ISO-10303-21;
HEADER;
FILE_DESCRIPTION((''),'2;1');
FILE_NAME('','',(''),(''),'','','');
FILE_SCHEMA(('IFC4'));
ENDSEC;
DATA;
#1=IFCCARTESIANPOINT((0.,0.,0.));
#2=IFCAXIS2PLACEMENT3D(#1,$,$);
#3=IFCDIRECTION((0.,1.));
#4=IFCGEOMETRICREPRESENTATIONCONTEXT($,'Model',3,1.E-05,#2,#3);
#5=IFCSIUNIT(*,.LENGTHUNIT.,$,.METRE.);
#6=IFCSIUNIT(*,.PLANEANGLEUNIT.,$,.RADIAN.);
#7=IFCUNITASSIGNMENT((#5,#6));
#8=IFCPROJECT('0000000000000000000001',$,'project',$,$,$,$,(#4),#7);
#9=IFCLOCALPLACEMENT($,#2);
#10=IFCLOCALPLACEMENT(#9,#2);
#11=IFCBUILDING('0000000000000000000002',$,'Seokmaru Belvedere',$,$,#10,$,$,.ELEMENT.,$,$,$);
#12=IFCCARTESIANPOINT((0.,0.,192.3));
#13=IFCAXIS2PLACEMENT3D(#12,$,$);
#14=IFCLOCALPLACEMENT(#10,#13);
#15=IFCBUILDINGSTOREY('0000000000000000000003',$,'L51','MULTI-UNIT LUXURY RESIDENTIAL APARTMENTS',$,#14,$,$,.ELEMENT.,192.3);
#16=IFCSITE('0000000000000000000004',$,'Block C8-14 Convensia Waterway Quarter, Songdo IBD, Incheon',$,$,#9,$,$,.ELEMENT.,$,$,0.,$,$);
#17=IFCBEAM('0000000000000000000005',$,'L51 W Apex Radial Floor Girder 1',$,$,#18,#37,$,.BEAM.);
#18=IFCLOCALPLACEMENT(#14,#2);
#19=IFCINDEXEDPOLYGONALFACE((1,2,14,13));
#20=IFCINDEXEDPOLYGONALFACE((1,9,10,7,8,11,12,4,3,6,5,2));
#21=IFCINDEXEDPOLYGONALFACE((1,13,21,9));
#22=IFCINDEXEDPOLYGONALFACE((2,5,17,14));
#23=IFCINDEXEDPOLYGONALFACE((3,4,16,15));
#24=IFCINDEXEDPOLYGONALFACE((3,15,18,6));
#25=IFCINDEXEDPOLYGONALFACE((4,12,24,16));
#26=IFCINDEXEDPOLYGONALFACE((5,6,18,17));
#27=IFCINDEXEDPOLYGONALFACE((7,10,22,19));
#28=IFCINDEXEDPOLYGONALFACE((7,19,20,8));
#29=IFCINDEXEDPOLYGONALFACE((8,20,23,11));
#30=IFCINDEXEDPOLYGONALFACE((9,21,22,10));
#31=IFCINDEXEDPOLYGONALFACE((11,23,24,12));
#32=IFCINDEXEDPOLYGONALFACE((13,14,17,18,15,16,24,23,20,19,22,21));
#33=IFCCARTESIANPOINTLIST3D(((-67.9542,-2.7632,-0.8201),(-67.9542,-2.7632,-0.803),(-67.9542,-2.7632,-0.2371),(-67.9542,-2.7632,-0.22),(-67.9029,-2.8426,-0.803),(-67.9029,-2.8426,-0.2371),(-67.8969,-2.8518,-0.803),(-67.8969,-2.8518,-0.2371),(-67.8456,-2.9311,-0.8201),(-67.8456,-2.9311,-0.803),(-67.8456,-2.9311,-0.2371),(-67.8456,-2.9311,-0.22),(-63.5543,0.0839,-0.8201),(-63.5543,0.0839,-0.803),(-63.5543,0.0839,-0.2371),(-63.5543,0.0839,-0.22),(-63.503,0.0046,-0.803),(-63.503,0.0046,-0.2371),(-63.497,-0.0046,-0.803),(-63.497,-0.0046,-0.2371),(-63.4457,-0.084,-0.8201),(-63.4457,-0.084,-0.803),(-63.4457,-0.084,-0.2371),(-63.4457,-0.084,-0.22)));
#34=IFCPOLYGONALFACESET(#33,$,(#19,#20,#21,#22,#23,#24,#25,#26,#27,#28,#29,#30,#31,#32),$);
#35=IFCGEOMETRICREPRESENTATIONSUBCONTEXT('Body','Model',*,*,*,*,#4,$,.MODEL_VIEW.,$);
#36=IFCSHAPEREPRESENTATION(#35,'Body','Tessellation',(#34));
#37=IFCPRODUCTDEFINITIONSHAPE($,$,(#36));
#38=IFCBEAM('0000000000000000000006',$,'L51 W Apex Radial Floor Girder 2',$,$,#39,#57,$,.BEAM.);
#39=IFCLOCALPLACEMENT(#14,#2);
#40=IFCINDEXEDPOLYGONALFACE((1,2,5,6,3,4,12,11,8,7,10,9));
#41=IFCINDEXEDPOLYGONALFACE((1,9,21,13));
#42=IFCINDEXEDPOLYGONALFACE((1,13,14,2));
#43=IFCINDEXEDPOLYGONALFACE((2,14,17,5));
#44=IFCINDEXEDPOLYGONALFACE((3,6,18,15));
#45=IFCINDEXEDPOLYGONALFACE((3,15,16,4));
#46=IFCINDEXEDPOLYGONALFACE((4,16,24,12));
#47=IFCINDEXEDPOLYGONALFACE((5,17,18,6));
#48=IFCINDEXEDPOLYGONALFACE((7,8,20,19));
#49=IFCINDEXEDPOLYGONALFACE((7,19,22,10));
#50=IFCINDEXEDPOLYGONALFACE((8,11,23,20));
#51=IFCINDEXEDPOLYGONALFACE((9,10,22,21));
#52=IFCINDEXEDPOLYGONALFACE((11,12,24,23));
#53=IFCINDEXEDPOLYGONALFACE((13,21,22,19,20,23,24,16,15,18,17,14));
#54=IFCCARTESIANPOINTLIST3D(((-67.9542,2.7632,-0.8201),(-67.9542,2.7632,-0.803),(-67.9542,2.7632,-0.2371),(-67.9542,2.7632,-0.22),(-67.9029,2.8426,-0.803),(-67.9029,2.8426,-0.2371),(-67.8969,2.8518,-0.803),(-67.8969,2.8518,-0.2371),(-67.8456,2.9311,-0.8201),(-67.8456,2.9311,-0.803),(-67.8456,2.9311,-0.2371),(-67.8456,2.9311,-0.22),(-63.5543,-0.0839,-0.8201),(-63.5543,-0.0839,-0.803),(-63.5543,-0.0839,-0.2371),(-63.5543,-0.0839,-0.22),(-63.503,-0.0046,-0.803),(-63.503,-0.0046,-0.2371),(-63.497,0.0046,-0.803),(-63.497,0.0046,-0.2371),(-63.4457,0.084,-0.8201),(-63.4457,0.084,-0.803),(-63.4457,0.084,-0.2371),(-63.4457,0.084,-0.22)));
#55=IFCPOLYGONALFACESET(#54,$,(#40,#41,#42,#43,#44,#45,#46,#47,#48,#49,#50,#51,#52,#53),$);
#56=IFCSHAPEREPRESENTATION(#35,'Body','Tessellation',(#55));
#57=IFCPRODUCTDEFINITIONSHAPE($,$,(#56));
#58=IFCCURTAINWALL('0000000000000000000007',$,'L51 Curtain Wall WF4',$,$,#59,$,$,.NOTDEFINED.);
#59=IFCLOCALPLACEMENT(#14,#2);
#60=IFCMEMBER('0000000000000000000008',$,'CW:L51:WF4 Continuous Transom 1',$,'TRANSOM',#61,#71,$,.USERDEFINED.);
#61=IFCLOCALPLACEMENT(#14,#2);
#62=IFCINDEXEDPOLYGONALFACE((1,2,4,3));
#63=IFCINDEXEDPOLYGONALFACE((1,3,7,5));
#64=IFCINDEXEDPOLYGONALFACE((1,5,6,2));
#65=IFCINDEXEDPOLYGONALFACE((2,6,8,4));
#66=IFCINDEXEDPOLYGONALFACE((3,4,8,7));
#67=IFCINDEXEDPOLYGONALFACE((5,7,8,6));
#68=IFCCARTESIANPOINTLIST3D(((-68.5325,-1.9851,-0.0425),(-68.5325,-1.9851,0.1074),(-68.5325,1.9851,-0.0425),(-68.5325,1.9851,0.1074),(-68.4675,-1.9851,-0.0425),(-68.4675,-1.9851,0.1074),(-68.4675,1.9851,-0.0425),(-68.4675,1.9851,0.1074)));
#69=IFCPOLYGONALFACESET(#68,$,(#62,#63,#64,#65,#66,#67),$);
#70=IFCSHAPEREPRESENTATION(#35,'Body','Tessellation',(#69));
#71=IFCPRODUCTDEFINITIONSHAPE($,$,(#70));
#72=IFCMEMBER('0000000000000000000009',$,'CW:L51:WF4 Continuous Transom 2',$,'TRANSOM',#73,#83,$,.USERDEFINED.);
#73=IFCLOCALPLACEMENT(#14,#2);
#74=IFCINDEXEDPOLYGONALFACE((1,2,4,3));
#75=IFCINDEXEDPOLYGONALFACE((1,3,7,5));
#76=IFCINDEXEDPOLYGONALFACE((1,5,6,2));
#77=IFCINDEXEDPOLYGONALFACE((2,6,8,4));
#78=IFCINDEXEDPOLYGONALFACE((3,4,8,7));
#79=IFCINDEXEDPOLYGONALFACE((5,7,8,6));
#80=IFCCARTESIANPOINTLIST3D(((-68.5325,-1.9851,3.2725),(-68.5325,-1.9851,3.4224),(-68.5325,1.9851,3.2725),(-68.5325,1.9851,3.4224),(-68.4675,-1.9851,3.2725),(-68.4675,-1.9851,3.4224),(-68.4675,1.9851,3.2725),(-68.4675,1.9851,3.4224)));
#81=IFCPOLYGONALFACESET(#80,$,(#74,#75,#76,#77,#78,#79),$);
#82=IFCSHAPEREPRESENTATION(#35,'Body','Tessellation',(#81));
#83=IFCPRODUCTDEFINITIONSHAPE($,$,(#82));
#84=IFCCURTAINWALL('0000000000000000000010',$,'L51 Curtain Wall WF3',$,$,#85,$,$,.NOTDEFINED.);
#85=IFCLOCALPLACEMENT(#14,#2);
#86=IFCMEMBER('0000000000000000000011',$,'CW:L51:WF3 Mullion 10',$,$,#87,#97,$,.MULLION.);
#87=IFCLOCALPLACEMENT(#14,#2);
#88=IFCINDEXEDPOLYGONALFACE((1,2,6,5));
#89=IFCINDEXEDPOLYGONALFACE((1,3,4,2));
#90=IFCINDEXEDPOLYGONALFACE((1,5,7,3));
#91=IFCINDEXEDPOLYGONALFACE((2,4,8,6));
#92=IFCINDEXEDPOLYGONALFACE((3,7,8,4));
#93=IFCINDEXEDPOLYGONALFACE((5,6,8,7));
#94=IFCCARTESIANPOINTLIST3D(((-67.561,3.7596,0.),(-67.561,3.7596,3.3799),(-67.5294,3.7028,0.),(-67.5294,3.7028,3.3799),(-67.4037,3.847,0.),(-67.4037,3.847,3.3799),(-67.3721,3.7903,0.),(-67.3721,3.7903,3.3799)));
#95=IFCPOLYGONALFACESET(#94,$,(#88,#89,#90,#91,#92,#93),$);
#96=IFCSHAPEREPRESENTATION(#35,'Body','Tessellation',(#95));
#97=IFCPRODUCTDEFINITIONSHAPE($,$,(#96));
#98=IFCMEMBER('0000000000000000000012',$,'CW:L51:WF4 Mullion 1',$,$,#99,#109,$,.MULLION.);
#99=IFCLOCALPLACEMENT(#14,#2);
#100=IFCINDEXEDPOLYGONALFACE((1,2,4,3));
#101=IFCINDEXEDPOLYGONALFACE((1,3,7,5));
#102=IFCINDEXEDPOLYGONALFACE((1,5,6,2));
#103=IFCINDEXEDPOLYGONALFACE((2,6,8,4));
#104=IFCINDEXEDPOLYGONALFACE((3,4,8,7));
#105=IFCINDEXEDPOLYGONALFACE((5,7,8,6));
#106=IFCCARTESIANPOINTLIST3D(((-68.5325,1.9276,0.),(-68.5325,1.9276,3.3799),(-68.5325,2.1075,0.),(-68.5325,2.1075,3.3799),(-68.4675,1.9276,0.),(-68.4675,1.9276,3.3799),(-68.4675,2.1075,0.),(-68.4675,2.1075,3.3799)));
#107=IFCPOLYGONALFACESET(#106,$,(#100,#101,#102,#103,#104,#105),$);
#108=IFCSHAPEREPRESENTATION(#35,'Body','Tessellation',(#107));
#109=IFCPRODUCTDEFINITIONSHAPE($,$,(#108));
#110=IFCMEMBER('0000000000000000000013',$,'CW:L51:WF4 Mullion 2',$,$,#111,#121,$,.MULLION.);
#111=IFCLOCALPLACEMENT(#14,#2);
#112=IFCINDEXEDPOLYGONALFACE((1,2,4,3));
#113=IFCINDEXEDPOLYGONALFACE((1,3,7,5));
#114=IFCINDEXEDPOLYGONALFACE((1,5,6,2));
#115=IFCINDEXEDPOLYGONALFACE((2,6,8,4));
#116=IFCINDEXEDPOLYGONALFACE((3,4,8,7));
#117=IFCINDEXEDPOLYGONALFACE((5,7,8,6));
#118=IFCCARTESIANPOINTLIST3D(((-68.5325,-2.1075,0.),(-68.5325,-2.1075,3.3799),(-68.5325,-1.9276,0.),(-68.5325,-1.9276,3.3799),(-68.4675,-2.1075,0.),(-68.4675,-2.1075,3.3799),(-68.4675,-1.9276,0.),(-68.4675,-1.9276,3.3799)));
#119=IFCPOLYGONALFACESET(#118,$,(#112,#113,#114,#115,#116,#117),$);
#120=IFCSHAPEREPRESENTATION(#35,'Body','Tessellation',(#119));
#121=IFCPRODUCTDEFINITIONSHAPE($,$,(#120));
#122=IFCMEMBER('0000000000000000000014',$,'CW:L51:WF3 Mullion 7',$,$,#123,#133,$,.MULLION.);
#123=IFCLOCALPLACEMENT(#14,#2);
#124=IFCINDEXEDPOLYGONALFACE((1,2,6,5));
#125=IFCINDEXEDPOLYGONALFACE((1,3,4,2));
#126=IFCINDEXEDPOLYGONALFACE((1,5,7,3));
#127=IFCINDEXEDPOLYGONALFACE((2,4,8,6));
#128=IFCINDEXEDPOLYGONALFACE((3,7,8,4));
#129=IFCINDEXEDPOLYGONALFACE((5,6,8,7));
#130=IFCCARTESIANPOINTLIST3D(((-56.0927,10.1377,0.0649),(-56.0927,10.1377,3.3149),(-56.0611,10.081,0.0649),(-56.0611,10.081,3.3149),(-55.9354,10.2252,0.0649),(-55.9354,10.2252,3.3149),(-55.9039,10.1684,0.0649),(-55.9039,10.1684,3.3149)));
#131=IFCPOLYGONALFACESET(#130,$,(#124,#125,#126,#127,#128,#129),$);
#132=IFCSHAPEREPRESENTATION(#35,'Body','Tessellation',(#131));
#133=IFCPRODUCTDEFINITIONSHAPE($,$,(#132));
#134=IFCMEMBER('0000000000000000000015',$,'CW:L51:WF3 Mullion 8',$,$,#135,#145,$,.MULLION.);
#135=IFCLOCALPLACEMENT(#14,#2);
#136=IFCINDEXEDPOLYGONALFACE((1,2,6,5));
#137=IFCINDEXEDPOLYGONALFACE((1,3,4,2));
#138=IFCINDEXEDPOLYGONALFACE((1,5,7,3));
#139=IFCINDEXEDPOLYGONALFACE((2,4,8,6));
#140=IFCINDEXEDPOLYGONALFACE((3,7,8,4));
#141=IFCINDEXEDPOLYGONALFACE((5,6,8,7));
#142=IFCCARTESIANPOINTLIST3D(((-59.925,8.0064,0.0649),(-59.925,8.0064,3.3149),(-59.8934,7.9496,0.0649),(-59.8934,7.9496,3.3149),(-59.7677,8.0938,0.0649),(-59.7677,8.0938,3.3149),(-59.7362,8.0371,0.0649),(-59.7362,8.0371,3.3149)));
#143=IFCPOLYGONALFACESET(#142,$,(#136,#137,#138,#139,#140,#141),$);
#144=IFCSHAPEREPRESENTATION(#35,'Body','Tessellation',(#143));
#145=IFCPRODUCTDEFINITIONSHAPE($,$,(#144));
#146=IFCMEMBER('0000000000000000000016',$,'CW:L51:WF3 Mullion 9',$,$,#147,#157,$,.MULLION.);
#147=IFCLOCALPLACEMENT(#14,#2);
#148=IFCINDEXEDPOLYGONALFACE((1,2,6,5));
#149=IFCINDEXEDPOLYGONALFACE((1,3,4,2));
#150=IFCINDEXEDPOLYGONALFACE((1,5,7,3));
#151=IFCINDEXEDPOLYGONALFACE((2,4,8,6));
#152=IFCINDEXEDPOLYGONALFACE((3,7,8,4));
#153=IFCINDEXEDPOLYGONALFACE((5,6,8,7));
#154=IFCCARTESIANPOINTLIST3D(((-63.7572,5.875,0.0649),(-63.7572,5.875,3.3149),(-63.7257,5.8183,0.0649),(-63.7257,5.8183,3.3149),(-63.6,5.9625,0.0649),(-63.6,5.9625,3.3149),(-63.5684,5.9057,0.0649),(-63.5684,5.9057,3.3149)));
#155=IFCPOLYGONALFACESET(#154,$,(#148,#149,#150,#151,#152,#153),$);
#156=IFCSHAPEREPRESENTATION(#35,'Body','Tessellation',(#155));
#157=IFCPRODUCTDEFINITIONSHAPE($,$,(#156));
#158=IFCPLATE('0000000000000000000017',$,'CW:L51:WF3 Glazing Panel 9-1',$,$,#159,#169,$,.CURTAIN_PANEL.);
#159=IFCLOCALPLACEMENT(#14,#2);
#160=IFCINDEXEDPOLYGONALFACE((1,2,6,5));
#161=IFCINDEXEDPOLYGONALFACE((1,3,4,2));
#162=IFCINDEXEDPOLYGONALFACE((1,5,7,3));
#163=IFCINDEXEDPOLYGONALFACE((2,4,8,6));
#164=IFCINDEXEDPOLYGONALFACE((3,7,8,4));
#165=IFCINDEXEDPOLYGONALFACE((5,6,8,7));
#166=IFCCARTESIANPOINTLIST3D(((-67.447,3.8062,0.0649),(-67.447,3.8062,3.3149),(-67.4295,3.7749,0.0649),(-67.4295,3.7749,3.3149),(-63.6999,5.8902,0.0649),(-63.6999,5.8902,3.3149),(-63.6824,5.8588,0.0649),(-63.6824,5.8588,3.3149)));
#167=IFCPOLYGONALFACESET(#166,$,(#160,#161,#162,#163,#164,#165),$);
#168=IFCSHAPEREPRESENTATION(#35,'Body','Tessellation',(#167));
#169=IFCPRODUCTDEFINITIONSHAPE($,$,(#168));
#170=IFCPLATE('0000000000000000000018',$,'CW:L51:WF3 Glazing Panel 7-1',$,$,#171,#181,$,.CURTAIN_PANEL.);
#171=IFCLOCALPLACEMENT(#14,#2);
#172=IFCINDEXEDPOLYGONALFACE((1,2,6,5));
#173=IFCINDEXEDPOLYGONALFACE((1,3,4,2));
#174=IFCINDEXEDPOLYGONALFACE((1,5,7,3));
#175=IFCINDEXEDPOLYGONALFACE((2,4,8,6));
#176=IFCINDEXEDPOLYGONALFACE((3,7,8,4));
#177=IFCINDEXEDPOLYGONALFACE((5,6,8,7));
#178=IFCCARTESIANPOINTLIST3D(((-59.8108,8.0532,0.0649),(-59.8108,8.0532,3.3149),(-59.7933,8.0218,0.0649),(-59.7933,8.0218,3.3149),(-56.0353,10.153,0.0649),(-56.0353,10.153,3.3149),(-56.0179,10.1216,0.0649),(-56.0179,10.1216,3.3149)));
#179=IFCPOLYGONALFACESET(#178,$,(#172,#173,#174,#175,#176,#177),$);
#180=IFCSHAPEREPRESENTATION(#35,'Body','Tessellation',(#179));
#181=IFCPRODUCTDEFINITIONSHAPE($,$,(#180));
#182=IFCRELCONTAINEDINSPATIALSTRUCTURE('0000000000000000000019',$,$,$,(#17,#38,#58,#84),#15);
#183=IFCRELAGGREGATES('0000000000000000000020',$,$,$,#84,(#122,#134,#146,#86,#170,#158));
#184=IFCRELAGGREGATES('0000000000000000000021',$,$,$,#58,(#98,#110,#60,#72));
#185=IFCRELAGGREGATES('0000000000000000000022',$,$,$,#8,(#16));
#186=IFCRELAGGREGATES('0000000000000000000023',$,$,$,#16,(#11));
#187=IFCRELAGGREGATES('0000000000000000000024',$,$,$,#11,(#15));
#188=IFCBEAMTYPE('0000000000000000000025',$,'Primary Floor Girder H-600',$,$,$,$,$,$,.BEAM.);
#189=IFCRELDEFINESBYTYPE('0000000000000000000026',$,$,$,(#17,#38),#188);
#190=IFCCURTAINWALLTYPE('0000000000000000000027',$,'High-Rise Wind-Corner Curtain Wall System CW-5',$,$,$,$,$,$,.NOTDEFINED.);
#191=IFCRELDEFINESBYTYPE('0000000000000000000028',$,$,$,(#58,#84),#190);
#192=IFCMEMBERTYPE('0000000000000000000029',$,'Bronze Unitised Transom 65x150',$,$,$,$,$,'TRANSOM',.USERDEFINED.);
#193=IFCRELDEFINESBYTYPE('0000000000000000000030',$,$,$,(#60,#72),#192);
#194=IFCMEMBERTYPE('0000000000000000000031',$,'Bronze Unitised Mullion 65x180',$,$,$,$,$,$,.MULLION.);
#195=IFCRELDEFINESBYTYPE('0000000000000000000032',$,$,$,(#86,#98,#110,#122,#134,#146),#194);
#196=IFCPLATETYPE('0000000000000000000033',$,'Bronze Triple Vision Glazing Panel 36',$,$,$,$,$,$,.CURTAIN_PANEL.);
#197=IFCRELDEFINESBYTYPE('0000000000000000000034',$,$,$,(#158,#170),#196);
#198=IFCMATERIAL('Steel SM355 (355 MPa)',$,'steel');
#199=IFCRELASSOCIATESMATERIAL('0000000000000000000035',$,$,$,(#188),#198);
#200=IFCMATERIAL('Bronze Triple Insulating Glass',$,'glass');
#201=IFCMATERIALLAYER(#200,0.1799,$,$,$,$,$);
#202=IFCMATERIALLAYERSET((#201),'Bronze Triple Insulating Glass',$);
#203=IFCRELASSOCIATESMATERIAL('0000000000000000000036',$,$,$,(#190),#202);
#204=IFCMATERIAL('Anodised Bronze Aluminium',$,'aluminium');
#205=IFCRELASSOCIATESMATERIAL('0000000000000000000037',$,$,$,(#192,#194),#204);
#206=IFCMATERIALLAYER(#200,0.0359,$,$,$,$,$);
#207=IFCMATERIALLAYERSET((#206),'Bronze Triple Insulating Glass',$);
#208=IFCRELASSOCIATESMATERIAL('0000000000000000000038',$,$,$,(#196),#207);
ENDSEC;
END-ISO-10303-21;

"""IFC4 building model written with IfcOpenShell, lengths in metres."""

from ifc_helpers import new_model, si_unit, direction, frame, origin, origin_2d, place, context, subcontext, project, spatial, rectangle, i_section, extrude, source, transform, mapped, material, layer, layer_set, material_profile, profile_set, type_object, type_shapes, element, aggregate, save


model = new_model("IFC4")

# Units and contexts
model_context = context("Model", 3, precision=1e-05, world=origin(), true_north=direction((0.0, 1.0)))
body_context = subcontext(model_context, "Body", "Model", "MODEL_VIEW")
ifc_project = project(units=[si_unit("LENGTHUNIT", "METRE"), si_unit("PLANEANGLEUNIT", "RADIAN")], contexts=[model_context])

# Site, building, storey
site_placement = place(None, origin())
site = spatial("IfcSite", under=ifc_project, at=site_placement, Name="Block C8-14 Convensia Waterway Quarter, Songdo IBD, Incheon", CompositionType="ELEMENT", RefElevation=0.0)
building_placement = place(site_placement, origin())
building = spatial("IfcBuilding", under=site, at=building_placement, Name="Seokmaru Belvedere", CompositionType="ELEMENT")
storey_placement = place(building_placement, frame((0.0, 0.0, 192.3)))
storey = spatial("IfcBuildingStorey", under=building, at=storey_placement, Name="L51", Description="MULTI-UNIT LUXURY RESIDENTIAL APARTMENTS", CompositionType="ELEMENT", Elevation=192.3)

# Shared definitions
ifc_material_1 = material(Name="Steel SM355 (355 MPa)", Category="steel")

# Beams
ifc_material_profile_1 = material_profile(ifc_material_1, i_section(OverallWidth=0.2, OverallDepth=0.6001, WebThickness=0.011, FlangeThickness=0.0171, at=origin_2d()), Name="H-600x200x11x17")
ifc_profile_set_1 = profile_set([ifc_material_profile_1], Name="Steel SM355 (355 MPa)")
beam_type_1 = type_object("IfcBeamType", Name="Primary Floor Girder H-600", PredefinedType="BEAM", material=ifc_profile_set_1)
shared_shape_1 = source(origin(), body_context, "Body", "SweptSolid", [
    extrude(i_section(OverallWidth=0.2, OverallDepth=0.6001, WebThickness=0.011, FlangeThickness=0.0171, at=origin_2d()), origin(), (0.0, 0.0, 1.0), 5.2407),
])
for number, where, z_axis, x_axis, name in (
    (1, (-67.8999, -2.8472, -0.52), (0.839555, 0.543274, 0.0), (-0.543274, 0.839555, 0.0), "L51 W Apex Radial Floor Girder 1"),
    (2, (-67.8999, 2.8472, -0.52), (0.839555, -0.543274, 0.0), (0.543274, 0.839555, 0.0), "L51 W Apex Radial Floor Girder 2"),
):
    element("IfcBeam", number, at=place(storey_placement, frame(where, z_axis=z_axis, x_axis=x_axis)), inside=storey, type_object=beam_type_1, Name=name, PredefinedType="BEAM", context=body_context, shape_type="MappedRepresentation", body=[
        mapped(shared_shape_1, transform((0.0, 0.0, 0.0), scale=1.0)),
    ])

# Curtain wall, members
ifc_material_2 = material(Name="Bronze Triple Insulating Glass", Category="glass")
ifc_layer_1 = layer(ifc_material_2, 0.1799)
ifc_layer_set_1 = layer_set([ifc_layer_1], Name="Bronze Triple Insulating Glass")
curtain_wall_type = type_object("IfcCurtainWallType", Name="High-Rise Wind-Corner Curtain Wall System CW-5", PredefinedType="NOTDEFINED", material=ifc_layer_set_1)
curtain_wall_1_placement = place(storey_placement, origin())
curtain_wall_1 = element("IfcCurtainWall", 3, at=curtain_wall_1_placement, inside=storey, type_object=curtain_wall_type, Name="L51 Curtain Wall WF4", PredefinedType="NOTDEFINED")
ifc_material_3 = material(Name="Anodised Bronze Aluminium", Category="aluminium")
ifc_material_profile_2 = material_profile(ifc_material_3, rectangle(XDim=0.0649, YDim=0.1499, at=origin_2d()), Name="CW-T-65x150")
ifc_profile_set_2 = profile_set([ifc_material_profile_2], Name="Anodised Bronze Aluminium")
member_type_1 = type_object("IfcMemberType", Name="Bronze Unitised Transom 65x150", ElementType="TRANSOM", PredefinedType="USERDEFINED", material=ifc_profile_set_2)
shared_shape_2 = source(origin(), body_context, "Body", "SweptSolid", [
    extrude(rectangle(XDim=0.0649, YDim=0.1499, at=origin_2d()), origin(), (0.0, 0.0, 1.0), 3.9702),
])
type_shapes(member_type_1, [shared_shape_2])
member_1_placement = place(storey_placement, frame((-68.5, 1.9851, 0.0325), z_axis=(0.0, -1.0, 0.0), x_axis=(1.0, 0.0, 0.0)))
member_1 = element("IfcMember", 4, at=member_1_placement, type_object=member_type_1, Name="CW:L51:WF4 Continuous Transom 1", ObjectType="TRANSOM", PredefinedType="USERDEFINED", context=body_context, shape_type="MappedRepresentation", body=[
    mapped(shared_shape_2, transform((0.0, 0.0, 0.0), scale=1.0)),
])
member_2_placement = place(storey_placement, frame((-68.5, 1.9851, 3.3474), z_axis=(0.0, -1.0, 0.0), x_axis=(1.0, 0.0, 0.0)))
member_2 = element("IfcMember", 5, at=member_2_placement, type_object=member_type_1, Name="CW:L51:WF4 Continuous Transom 2", ObjectType="TRANSOM", PredefinedType="USERDEFINED", context=body_context, shape_type="MappedRepresentation", body=[
    mapped(shared_shape_2, transform((0.0, 0.0, 0.0), scale=1.0)),
])

# Curtain wall, member
curtain_wall_2_placement = place(storey_placement, origin())
curtain_wall_2 = element("IfcCurtainWall", 6, at=curtain_wall_2_placement, inside=storey, type_object=curtain_wall_type, Name="L51 Curtain Wall WF3", PredefinedType="NOTDEFINED")
ifc_material_profile_3 = material_profile(ifc_material_3, rectangle(XDim=0.0649, YDim=0.1799, at=origin_2d()), Name="CW-M-65x180")
ifc_profile_set_3 = profile_set([ifc_material_profile_3], Name="Anodised Bronze Aluminium")
member_type_2 = type_object("IfcMemberType", Name="Bronze Unitised Mullion 65x180", PredefinedType="MULLION", material=ifc_profile_set_3)
shared_shape_3 = source(origin(), body_context, "Body", "SweptSolid", [
    extrude(rectangle(XDim=0.0649, YDim=0.1799, at=origin_2d()), origin(), (0.0, 0.0, 1.0), 3.3799),
])
member_3_placement = place(storey_placement, frame((-67.4666, 3.7749, 0.0), z_axis=(0.0, 0.0, 1.0), x_axis=(0.486047, -0.873933, 0.0)))
member_3 = element("IfcMember", 7, at=member_3_placement, type_object=member_type_2, Name="CW:L51:WF3 Mullion 10", PredefinedType="MULLION", context=body_context, shape_type="MappedRepresentation", body=[
    mapped(shared_shape_3, transform((0.0, 0.0, 0.0), scale=1.0)),
])

# Members
member_4_placement = place(storey_placement, frame((-68.5, 2.0176, 0.0), z_axis=(0.0, 0.0, 1.0), x_axis=(1.0, 0.0, 0.0)))
member_4 = element("IfcMember", 8, at=member_4_placement, type_object=member_type_2, Name="CW:L51:WF4 Mullion 1", PredefinedType="MULLION", context=body_context, shape_type="MappedRepresentation", body=[
    mapped(shared_shape_3, transform((0.0, 0.0, 0.0), scale=1.0)),
])
member_5_placement = place(storey_placement, frame((-68.5, -2.0176, 0.0), z_axis=(0.0, 0.0, 1.0), x_axis=(1.0, 0.0, 0.0)))
member_5 = element("IfcMember", 9, at=member_5_placement, type_object=member_type_2, Name="CW:L51:WF4 Mullion 2", PredefinedType="MULLION", context=body_context, shape_type="MappedRepresentation", body=[
    mapped(shared_shape_3, transform((0.0, 0.0, 0.0), scale=1.0)),
])
shared_shape_4 = source(origin(), body_context, "Body", "SweptSolid", [
    extrude(rectangle(XDim=0.0649, YDim=0.1799, at=origin_2d()), origin(), (0.0, 0.0, 1.0), 3.25),
])
type_shapes(member_type_2, [shared_shape_3, shared_shape_4])
member_6_placement = place(storey_placement, frame((-55.9983, 10.1531, 0.0649), z_axis=(0.0, 0.0, 1.0), x_axis=(0.486047, -0.873933, 0.0)))
member_6 = element("IfcMember", 10, at=member_6_placement, type_object=member_type_2, Name="CW:L51:WF3 Mullion 7", PredefinedType="MULLION", context=body_context, shape_type="MappedRepresentation", body=[
    mapped(shared_shape_4, transform((0.0, 0.0, 0.0), scale=1.0)),
])
member_7_placement = place(storey_placement, frame((-59.8306, 8.0217, 0.0649), z_axis=(0.0, 0.0, 1.0), x_axis=(0.486047, -0.873933, 0.0)))
member_7 = element("IfcMember", 11, at=member_7_placement, type_object=member_type_2, Name="CW:L51:WF3 Mullion 8", PredefinedType="MULLION", context=body_context, shape_type="MappedRepresentation", body=[
    mapped(shared_shape_4, transform((0.0, 0.0, 0.0), scale=1.0)),
])
member_8_placement = place(storey_placement, frame((-63.6628, 5.8904, 0.0649), z_axis=(0.0, 0.0, 1.0), x_axis=(0.486047, -0.873933, 0.0)))
member_8 = element("IfcMember", 12, at=member_8_placement, type_object=member_type_2, Name="CW:L51:WF3 Mullion 9", PredefinedType="MULLION", context=body_context, shape_type="MappedRepresentation", body=[
    mapped(shared_shape_4, transform((0.0, 0.0, 0.0), scale=1.0)),
])

# Plates
ifc_layer_2 = layer(ifc_material_2, 0.0359)
ifc_layer_set_2 = layer_set([ifc_layer_2], Name="Bronze Triple Insulating Glass")
plate_type = type_object("IfcPlateType", Name="Bronze Triple Vision Glazing Panel 36", PredefinedType="CURTAIN_PANEL", material=ifc_layer_set_2)
shared_shape_5 = source(origin(), body_context, "Body", "SweptSolid", [
    extrude(rectangle(XDim=4.2876, YDim=0.0359, at=origin_2d()), origin(), (0.0, 0.0, 1.0), 3.25),
])
plate_1_placement = place(storey_placement, frame((-65.5647, 4.8325, 0.0649), z_axis=(0.0, 0.0, 1.0), x_axis=(-0.873933, -0.486047, 0.0)))
plate_1 = element("IfcPlate", 13, at=plate_1_placement, type_object=plate_type, Name="CW:L51:WF3 Glazing Panel 9-1", PredefinedType="CURTAIN_PANEL", context=body_context, shape_type="MappedRepresentation", body=[
    mapped(shared_shape_5, transform((0.0, 0.0, 0.0), scale=1.0)),
])
shared_shape_6 = source(origin(), body_context, "Body", "SweptSolid", [
    extrude(rectangle(XDim=4.3201, YDim=0.0359, at=origin_2d()), origin(), (0.0, 0.0, 1.0), 3.25),
])
plate_2_placement = place(storey_placement, frame((-57.9143, 9.0874, 0.0649), z_axis=(0.0, 0.0, 1.0), x_axis=(-0.873933, -0.486047, 0.0)))
plate_2 = element("IfcPlate", 14, at=plate_2_placement, type_object=plate_type, Name="CW:L51:WF3 Glazing Panel 7-1", PredefinedType="CURTAIN_PANEL", context=body_context, shape_type="MappedRepresentation", body=[
    mapped(shared_shape_6, transform((0.0, 0.0, 0.0), scale=1.0)),
])
aggregate(curtain_wall_2, [member_6, member_7, member_8, member_3, plate_2, plate_1])
aggregate(curtain_wall_1, [member_4, member_5, member_1, member_2])

save(model, "model.ifc")
